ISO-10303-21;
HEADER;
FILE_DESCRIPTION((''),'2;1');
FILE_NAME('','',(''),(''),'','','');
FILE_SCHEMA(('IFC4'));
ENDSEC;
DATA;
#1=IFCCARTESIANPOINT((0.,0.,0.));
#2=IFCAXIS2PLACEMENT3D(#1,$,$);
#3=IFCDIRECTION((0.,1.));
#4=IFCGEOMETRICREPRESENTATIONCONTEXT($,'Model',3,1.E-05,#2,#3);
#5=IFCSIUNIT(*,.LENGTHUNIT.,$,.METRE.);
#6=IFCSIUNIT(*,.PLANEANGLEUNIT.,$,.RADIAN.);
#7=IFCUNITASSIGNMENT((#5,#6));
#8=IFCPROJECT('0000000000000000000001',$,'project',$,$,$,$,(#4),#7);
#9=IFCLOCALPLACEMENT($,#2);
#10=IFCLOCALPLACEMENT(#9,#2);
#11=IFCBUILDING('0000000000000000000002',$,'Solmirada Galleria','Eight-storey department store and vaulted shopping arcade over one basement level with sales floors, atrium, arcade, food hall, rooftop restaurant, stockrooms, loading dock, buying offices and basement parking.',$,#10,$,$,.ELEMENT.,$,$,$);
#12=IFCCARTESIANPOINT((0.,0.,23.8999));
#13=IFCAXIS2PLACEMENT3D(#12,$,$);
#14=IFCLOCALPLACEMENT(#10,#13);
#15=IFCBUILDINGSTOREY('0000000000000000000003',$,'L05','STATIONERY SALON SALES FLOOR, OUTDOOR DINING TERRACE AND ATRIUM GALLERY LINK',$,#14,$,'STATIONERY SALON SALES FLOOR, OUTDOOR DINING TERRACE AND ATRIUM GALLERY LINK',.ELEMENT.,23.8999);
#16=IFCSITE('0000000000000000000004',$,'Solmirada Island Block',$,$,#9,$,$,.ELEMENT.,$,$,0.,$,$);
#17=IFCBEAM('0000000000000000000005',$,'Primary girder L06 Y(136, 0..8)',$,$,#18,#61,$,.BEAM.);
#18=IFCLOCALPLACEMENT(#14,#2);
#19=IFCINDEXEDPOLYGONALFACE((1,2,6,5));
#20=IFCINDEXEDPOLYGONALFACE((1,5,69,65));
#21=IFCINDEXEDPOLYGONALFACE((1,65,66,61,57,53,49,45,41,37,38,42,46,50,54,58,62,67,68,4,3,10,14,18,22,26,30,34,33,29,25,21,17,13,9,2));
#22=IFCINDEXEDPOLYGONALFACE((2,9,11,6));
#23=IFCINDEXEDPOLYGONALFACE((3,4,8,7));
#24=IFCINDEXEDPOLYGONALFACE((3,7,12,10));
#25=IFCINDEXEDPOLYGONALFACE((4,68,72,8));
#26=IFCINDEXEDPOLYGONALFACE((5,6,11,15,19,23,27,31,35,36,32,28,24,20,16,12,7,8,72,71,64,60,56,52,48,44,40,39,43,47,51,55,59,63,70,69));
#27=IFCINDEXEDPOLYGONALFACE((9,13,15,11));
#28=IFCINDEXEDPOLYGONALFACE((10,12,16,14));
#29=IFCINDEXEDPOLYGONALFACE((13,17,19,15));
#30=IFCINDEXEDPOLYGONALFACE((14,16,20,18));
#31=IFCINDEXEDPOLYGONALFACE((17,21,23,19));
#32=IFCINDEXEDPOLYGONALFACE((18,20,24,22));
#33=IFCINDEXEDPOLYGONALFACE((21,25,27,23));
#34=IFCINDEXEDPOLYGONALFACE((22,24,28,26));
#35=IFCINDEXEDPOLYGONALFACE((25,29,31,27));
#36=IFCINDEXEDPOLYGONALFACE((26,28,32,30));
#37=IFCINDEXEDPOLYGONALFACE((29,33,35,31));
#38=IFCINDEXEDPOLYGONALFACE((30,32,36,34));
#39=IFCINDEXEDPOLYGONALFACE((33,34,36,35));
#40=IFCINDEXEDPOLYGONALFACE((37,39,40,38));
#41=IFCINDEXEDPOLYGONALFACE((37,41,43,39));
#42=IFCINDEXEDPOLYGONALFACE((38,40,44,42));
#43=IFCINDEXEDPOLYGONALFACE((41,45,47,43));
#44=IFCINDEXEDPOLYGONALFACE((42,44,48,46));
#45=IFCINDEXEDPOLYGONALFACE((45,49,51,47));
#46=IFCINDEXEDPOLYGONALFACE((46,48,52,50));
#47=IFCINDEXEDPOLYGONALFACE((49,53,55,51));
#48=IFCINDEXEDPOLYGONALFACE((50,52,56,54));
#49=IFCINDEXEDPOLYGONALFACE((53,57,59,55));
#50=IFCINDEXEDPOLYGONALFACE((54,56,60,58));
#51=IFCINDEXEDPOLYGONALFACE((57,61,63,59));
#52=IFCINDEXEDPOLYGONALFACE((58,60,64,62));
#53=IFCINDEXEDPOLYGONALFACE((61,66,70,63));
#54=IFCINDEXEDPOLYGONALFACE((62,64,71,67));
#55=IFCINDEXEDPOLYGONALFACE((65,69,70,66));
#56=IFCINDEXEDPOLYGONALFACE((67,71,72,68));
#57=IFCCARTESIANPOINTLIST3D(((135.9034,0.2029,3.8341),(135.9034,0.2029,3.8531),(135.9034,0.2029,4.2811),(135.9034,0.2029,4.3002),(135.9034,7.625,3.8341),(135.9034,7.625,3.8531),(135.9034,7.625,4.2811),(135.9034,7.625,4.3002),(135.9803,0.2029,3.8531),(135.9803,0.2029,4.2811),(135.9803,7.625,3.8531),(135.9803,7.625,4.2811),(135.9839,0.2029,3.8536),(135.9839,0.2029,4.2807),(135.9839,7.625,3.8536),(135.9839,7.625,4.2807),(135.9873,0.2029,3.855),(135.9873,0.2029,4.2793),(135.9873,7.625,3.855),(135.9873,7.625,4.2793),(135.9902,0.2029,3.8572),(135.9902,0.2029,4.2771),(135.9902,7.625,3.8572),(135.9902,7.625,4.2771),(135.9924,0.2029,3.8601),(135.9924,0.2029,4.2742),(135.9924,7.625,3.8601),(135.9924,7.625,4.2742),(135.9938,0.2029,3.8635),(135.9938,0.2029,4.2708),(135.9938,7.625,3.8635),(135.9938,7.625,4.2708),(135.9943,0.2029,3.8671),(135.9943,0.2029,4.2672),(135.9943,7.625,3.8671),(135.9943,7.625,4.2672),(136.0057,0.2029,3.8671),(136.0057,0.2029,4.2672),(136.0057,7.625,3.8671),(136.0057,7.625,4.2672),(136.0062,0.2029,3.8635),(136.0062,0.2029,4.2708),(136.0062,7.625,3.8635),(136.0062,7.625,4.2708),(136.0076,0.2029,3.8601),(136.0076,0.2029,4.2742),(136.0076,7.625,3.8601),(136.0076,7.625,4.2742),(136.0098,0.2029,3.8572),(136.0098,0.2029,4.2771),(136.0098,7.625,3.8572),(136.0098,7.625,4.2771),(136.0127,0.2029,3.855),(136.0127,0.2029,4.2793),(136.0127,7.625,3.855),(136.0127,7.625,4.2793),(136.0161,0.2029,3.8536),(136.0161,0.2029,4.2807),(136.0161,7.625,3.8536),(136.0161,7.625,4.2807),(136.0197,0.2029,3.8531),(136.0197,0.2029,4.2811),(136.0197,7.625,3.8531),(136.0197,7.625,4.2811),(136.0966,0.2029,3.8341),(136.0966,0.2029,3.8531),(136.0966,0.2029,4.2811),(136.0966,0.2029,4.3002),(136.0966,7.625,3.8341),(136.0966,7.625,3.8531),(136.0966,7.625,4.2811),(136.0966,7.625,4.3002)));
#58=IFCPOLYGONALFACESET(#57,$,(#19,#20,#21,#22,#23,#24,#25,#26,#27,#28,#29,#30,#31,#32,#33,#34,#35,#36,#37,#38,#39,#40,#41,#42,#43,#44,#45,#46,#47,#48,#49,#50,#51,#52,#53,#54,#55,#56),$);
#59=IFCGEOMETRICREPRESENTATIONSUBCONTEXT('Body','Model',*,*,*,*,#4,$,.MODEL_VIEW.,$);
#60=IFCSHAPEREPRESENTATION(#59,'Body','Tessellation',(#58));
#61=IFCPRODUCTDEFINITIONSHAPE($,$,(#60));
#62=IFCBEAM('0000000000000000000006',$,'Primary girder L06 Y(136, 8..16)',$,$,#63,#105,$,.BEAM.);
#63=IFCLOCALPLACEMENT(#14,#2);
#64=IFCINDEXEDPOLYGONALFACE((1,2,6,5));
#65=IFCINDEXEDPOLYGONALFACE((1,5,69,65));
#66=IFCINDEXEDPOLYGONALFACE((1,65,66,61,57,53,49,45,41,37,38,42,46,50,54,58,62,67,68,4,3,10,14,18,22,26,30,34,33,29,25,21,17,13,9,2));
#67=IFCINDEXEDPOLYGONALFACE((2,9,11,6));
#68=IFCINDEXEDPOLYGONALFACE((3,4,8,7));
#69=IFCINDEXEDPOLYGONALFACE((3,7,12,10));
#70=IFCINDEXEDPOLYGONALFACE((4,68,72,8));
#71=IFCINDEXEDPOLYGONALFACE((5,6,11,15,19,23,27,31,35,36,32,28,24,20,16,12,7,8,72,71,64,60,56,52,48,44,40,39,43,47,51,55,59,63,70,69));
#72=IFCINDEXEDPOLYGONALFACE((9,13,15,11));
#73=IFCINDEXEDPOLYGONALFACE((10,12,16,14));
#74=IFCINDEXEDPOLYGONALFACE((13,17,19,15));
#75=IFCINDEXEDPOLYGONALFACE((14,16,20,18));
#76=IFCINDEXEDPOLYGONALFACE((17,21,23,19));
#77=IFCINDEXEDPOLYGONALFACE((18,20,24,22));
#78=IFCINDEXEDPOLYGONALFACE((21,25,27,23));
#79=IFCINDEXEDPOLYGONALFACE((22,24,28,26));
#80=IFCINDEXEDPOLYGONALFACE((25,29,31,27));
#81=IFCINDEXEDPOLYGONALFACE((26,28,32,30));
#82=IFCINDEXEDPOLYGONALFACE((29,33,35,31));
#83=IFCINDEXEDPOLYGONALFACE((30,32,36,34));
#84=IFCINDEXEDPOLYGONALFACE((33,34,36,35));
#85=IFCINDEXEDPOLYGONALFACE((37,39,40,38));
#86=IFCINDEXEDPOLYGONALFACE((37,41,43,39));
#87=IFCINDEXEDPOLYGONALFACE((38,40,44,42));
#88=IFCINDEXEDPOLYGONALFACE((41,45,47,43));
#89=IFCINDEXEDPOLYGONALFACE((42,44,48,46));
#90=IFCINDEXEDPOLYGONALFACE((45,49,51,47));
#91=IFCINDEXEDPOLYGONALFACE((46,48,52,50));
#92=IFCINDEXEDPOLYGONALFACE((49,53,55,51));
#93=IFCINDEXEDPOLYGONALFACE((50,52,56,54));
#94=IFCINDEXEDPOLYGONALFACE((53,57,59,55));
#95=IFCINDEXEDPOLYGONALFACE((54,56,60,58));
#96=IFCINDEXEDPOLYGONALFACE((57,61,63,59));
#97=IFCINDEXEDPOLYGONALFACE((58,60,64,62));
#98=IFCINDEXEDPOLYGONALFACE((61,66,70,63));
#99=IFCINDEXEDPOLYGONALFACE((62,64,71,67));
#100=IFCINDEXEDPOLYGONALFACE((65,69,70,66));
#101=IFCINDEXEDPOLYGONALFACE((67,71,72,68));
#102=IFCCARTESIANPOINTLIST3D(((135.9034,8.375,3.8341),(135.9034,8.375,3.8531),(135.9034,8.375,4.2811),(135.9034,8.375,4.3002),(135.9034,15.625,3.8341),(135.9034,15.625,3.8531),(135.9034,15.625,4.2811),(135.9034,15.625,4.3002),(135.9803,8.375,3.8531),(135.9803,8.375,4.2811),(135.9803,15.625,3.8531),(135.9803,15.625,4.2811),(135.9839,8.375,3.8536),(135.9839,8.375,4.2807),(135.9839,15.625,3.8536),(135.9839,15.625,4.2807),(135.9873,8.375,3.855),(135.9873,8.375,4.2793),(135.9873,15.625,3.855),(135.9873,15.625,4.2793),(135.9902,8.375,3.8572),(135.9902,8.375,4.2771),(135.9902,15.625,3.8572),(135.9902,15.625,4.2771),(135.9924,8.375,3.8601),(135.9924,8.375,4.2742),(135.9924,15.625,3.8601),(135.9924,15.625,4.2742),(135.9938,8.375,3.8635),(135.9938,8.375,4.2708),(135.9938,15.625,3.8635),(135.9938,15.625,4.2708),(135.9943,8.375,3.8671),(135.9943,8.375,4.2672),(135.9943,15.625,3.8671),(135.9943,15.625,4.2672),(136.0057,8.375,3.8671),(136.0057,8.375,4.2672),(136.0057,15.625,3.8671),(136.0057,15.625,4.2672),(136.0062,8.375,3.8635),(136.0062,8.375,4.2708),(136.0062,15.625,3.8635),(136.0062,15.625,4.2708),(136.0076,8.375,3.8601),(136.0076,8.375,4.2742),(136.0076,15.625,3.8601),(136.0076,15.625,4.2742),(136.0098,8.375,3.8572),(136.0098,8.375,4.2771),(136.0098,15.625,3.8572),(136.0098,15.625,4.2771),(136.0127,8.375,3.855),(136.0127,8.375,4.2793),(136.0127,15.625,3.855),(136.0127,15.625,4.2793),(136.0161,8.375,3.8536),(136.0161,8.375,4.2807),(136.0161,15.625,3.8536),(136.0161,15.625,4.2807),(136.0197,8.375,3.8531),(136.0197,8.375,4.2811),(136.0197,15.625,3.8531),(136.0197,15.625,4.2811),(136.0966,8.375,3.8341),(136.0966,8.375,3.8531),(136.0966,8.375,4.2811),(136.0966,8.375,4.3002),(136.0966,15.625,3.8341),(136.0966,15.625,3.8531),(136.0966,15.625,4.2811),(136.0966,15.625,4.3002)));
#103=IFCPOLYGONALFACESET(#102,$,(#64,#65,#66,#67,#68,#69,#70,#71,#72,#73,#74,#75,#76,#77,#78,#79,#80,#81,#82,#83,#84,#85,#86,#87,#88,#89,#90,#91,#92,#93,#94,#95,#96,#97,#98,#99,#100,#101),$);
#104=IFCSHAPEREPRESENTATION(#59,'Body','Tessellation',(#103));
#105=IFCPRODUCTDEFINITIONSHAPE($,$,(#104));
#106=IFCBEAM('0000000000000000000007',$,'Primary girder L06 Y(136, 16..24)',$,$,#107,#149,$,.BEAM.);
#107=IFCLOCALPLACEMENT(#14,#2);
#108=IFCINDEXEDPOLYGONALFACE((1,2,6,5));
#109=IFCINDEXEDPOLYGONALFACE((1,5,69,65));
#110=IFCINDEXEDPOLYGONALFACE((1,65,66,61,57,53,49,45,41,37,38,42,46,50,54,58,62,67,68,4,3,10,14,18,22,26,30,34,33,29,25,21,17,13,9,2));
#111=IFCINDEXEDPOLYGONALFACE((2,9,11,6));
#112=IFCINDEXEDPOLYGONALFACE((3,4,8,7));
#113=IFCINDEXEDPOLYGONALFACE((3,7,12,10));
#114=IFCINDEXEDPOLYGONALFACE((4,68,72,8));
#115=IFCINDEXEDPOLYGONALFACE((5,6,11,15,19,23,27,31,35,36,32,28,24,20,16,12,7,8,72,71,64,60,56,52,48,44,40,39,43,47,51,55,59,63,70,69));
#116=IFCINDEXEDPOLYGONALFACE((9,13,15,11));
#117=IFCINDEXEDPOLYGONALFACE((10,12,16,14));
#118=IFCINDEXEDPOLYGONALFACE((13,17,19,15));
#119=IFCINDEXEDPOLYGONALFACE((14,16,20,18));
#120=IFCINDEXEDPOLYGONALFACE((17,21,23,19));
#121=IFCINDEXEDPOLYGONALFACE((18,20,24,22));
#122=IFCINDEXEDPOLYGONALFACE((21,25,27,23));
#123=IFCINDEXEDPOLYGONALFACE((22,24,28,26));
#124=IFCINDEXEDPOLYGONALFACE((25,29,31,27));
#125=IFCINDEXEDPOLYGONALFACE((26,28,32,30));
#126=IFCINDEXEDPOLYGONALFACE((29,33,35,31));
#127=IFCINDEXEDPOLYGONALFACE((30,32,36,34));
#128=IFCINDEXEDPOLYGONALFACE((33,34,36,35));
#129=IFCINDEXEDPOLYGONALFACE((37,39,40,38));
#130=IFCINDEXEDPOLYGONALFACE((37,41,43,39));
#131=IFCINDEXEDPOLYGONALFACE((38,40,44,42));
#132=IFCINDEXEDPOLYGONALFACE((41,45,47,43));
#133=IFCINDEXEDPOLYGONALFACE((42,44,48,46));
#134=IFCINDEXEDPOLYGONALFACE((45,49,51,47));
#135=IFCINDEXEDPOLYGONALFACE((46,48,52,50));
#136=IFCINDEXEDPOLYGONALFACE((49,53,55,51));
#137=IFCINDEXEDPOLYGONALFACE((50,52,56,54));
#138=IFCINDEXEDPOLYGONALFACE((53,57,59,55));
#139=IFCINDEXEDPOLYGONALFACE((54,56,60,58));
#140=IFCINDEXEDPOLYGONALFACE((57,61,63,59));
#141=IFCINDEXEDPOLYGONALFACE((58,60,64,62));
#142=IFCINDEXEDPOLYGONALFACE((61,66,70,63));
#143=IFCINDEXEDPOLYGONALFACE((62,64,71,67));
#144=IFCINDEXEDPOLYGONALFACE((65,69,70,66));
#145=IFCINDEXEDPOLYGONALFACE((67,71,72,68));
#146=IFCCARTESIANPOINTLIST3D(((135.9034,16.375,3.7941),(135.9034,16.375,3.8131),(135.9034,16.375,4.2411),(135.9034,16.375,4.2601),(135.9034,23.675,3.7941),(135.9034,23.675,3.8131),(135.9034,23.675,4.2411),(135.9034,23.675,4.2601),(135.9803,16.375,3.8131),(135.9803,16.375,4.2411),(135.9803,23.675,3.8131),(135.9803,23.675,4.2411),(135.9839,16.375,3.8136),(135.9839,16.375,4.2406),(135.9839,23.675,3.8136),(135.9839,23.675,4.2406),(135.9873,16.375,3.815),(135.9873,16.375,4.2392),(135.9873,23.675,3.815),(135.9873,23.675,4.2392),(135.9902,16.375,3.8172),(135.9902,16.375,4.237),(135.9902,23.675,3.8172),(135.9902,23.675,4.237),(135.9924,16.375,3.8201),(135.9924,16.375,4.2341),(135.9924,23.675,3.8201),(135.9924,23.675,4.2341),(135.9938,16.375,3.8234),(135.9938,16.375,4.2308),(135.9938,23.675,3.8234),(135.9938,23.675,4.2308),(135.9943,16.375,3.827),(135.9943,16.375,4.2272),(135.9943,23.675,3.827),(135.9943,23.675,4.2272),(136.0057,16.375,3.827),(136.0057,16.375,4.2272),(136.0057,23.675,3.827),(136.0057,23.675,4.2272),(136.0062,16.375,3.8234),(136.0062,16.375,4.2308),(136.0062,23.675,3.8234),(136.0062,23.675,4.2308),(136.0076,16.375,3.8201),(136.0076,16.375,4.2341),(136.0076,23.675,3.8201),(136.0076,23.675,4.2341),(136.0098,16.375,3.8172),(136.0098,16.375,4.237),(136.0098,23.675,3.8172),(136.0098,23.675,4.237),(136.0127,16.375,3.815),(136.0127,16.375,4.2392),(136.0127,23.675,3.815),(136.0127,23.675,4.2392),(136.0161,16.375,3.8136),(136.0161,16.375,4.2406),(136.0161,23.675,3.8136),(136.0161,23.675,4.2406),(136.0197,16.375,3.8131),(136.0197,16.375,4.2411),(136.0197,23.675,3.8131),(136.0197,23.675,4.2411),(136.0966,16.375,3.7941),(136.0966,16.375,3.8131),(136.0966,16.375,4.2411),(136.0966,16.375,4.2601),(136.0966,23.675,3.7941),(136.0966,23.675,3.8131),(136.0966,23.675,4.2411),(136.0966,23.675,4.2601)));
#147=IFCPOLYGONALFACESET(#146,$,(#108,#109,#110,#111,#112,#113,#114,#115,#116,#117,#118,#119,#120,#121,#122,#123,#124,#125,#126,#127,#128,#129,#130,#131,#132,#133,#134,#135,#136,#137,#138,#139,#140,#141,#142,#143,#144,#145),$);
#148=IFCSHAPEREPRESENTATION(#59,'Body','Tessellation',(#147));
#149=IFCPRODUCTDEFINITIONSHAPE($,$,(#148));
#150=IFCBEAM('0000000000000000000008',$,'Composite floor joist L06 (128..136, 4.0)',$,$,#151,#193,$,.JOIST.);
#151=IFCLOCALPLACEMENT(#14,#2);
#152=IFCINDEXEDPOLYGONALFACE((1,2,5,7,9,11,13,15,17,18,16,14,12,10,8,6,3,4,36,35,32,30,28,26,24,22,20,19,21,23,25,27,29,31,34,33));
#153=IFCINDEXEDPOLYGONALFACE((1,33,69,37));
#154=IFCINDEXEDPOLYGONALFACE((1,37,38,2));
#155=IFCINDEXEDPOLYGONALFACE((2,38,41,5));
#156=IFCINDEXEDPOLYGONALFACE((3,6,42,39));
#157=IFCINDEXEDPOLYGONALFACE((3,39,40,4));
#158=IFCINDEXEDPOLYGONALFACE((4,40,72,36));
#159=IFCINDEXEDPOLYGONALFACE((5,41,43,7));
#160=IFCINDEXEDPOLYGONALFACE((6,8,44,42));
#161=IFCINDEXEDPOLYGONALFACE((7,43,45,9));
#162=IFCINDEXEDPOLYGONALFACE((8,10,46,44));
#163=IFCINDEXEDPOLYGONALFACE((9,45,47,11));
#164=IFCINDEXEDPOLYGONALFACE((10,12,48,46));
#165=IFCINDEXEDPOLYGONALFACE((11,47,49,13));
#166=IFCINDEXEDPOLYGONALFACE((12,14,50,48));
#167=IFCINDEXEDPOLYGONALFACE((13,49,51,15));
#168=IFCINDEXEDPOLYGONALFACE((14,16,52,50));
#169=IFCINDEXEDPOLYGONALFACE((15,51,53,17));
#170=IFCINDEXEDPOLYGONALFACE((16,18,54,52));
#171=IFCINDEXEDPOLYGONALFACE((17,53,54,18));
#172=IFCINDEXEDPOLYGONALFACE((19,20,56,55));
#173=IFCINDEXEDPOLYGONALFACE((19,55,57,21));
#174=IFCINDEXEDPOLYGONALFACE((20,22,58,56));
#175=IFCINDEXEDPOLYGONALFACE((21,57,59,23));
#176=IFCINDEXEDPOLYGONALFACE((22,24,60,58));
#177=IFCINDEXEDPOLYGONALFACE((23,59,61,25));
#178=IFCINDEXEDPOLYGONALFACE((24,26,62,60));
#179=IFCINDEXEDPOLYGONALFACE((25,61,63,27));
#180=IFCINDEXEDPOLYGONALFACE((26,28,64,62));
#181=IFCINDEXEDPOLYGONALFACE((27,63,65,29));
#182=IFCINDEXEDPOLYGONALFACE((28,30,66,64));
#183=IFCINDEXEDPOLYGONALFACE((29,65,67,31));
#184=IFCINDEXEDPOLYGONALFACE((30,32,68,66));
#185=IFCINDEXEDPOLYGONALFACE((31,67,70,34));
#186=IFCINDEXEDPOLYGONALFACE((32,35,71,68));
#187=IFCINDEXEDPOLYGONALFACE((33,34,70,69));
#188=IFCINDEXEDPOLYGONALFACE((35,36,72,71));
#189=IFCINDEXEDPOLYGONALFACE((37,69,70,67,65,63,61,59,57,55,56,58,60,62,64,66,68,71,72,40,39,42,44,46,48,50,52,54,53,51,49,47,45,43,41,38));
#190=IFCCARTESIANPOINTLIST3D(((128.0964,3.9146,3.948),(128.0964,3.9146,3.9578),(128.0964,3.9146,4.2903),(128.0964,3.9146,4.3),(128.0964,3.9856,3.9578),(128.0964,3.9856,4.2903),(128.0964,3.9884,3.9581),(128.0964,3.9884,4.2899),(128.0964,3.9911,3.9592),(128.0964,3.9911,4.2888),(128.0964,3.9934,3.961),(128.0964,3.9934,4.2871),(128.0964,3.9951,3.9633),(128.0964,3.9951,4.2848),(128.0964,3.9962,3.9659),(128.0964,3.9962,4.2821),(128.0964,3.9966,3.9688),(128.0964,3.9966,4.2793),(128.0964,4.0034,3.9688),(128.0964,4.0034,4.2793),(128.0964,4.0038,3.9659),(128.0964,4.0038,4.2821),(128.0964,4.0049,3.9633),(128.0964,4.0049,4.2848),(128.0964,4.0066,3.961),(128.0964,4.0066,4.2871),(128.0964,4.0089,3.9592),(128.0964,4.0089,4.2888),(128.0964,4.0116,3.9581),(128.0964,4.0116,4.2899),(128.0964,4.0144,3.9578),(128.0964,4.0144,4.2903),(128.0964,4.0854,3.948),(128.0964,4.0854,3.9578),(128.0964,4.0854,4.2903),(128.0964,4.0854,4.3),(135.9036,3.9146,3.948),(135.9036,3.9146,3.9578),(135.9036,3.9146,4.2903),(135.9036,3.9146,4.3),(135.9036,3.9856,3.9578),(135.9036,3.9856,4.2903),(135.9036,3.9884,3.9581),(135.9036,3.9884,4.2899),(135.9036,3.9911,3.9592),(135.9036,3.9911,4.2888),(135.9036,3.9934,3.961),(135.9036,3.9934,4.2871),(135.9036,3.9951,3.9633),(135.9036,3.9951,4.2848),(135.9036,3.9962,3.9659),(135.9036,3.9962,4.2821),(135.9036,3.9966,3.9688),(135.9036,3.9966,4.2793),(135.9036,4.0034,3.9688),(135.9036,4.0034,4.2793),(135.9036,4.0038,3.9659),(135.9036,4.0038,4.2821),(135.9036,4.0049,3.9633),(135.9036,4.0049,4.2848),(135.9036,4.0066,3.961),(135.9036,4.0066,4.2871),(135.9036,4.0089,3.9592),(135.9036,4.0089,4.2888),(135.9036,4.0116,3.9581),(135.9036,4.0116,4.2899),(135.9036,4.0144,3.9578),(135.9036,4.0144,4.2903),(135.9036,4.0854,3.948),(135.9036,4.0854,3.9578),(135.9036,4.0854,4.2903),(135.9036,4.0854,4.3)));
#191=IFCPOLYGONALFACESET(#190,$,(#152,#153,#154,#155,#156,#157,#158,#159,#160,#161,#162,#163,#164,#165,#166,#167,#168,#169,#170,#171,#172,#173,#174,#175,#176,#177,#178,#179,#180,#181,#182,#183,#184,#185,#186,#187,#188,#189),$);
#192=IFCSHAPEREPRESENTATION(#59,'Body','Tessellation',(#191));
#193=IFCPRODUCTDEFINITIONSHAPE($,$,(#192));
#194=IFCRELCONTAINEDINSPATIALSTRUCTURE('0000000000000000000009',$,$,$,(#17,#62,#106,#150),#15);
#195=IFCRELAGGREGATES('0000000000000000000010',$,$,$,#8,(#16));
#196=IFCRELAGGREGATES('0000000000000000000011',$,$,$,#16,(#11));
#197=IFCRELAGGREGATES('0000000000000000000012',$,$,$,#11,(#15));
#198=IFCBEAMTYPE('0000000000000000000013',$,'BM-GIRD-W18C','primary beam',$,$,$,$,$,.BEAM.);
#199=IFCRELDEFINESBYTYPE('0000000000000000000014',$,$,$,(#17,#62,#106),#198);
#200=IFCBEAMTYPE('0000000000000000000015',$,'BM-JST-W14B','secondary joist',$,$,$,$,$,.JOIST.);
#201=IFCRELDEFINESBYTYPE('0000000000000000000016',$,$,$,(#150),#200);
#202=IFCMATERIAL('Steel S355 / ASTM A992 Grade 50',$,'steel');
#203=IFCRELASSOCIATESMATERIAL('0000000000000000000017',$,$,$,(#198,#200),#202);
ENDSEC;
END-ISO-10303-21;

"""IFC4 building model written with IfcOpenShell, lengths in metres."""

from ifc_helpers import new_model, si_unit, direction, frame, origin, origin_2d, place, context, subcontext, project, spatial, i_section, extrude, material, material_profile, profile_set, type_object, element, save


model = new_model("IFC4")

# Units and contexts
model_context = context("Model", 3, precision=1e-05, world=origin(), true_north=direction((0.0, 1.0)))
body_context = subcontext(model_context, "Body", "Model", "MODEL_VIEW")
ifc_project = project(units=[si_unit("LENGTHUNIT", "METRE"), si_unit("PLANEANGLEUNIT", "RADIAN")], contexts=[model_context])

# Site, building, storey
site_placement = place(None, origin())
site = spatial("IfcSite", under=ifc_project, at=site_placement, Name="Solmirada Island Block", CompositionType="ELEMENT", RefElevation=0.0)
building_placement = place(site_placement, origin())
building = spatial("IfcBuilding", under=site, at=building_placement, Name="Solmirada Galleria", Description="Eight-storey department store and vaulted shopping arcade over one basement level with sales floors, atrium, arcade, food hall, rooftop restaurant, stockrooms, loading dock, buying offices and basement parking.", CompositionType="ELEMENT")
storey_placement = place(building_placement, frame((0.0, 0.0, 23.8999)))
storey = spatial("IfcBuildingStorey", under=building, at=storey_placement, Name="L05", Description="STATIONERY SALON SALES FLOOR, OUTDOOR DINING TERRACE AND ATRIUM GALLERY LINK", LongName="STATIONERY SALON SALES FLOOR, OUTDOOR DINING TERRACE AND ATRIUM GALLERY LINK", CompositionType="ELEMENT", Elevation=23.8999)

# Beams
ifc_material_1 = material(Name="Steel S355 / ASTM A992 Grade 50", Category="steel")
ifc_material_profile_1 = material_profile(ifc_material_1, i_section(OverallWidth=0.1931, OverallDepth=0.4661, WebThickness=0.0115, FlangeThickness=0.019, FilletRadius=0.0139, at=origin_2d()), Name="W18X65")
ifc_profile_set_1 = profile_set([ifc_material_profile_1], Name="Steel S355 / ASTM A992 Grade 50")
beam_type_1 = type_object("IfcBeamType", Name="BM-GIRD-W18C", Description="primary beam", PredefinedType="BEAM", material=ifc_profile_set_1)
beam_1_placement = place(storey_placement, frame((136.0, 0.2029, 4.0671), z_axis=(0.0, 1.0, 0.0), x_axis=(-1.0, 0.0, 0.0)))
element("IfcBeam", 1, at=beam_1_placement, inside=storey, type_object=beam_type_1, Name="Primary girder L06 Y(136, 0..8)", PredefinedType="BEAM", context=body_context, shape_type="SweptSolid", body=[
    extrude(i_section(OverallWidth=0.1931, OverallDepth=0.4661, WebThickness=0.0115, FlangeThickness=0.019, FilletRadius=0.0139, at=origin_2d()), origin(), (0.0, 0.0, 1.0), 7.4221),
])
beam_2_placement = place(storey_placement, frame((136.0, 8.375, 4.0671), z_axis=(0.0, 1.0, 0.0), x_axis=(-1.0, 0.0, 0.0)))
element("IfcBeam", 2, at=beam_2_placement, inside=storey, type_object=beam_type_1, Name="Primary girder L06 Y(136, 8..16)", PredefinedType="BEAM", context=body_context, shape_type="SweptSolid", body=[
    extrude(i_section(OverallWidth=0.1931, OverallDepth=0.4661, WebThickness=0.0115, FlangeThickness=0.019, FilletRadius=0.0139, at=origin_2d()), origin(), (0.0, 0.0, 1.0), 7.25),
])
beam_3_placement = place(storey_placement, frame((136.0, 16.375, 4.0271), z_axis=(0.0, 1.0, 0.0), x_axis=(-1.0, 0.0, 0.0)))
element("IfcBeam", 3, at=beam_3_placement, inside=storey, type_object=beam_type_1, Name="Primary girder L06 Y(136, 16..24)", PredefinedType="BEAM", context=body_context, shape_type="SweptSolid", body=[
    extrude(i_section(OverallWidth=0.1931, OverallDepth=0.4661, WebThickness=0.0115, FlangeThickness=0.019, FilletRadius=0.0139, at=origin_2d()), origin(), (0.0, 0.0, 1.0), 7.3),
])
ifc_material_profile_2 = material_profile(ifc_material_1, i_section(OverallWidth=0.1709, OverallDepth=0.3521, WebThickness=0.0068, FlangeThickness=0.0098, FilletRadius=0.011, at=origin_2d()), Name="W14X30")
ifc_profile_set_2 = profile_set([ifc_material_profile_2], Name="Steel S355 / ASTM A992 Grade 50")
beam_type_2 = type_object("IfcBeamType", Name="BM-JST-W14B", Description="secondary joist", PredefinedType="JOIST", material=ifc_profile_set_2)
for number, where, z_axis, x_axis, name in (
    (4, (128.0964, 4.0, 4.124), (1.0, 0.0, 0.0), (0.0, 1.0, 0.0), "Composite floor joist L06 (128..136, 4.0)"),
):
    element("IfcBeam", number, at=place(storey_placement, frame(where, z_axis=z_axis, x_axis=x_axis)), inside=storey, type_object=beam_type_2, Name=name, PredefinedType="JOIST", context=body_context, shape_type="SweptSolid", body=[
        extrude(i_section(OverallWidth=0.1709, OverallDepth=0.3521, WebThickness=0.0068, FlangeThickness=0.0098, FilletRadius=0.011, at=origin_2d()), origin(), (0.0, 0.0, 1.0), 7.8071),
    ])

save(model, "model.ifc")
